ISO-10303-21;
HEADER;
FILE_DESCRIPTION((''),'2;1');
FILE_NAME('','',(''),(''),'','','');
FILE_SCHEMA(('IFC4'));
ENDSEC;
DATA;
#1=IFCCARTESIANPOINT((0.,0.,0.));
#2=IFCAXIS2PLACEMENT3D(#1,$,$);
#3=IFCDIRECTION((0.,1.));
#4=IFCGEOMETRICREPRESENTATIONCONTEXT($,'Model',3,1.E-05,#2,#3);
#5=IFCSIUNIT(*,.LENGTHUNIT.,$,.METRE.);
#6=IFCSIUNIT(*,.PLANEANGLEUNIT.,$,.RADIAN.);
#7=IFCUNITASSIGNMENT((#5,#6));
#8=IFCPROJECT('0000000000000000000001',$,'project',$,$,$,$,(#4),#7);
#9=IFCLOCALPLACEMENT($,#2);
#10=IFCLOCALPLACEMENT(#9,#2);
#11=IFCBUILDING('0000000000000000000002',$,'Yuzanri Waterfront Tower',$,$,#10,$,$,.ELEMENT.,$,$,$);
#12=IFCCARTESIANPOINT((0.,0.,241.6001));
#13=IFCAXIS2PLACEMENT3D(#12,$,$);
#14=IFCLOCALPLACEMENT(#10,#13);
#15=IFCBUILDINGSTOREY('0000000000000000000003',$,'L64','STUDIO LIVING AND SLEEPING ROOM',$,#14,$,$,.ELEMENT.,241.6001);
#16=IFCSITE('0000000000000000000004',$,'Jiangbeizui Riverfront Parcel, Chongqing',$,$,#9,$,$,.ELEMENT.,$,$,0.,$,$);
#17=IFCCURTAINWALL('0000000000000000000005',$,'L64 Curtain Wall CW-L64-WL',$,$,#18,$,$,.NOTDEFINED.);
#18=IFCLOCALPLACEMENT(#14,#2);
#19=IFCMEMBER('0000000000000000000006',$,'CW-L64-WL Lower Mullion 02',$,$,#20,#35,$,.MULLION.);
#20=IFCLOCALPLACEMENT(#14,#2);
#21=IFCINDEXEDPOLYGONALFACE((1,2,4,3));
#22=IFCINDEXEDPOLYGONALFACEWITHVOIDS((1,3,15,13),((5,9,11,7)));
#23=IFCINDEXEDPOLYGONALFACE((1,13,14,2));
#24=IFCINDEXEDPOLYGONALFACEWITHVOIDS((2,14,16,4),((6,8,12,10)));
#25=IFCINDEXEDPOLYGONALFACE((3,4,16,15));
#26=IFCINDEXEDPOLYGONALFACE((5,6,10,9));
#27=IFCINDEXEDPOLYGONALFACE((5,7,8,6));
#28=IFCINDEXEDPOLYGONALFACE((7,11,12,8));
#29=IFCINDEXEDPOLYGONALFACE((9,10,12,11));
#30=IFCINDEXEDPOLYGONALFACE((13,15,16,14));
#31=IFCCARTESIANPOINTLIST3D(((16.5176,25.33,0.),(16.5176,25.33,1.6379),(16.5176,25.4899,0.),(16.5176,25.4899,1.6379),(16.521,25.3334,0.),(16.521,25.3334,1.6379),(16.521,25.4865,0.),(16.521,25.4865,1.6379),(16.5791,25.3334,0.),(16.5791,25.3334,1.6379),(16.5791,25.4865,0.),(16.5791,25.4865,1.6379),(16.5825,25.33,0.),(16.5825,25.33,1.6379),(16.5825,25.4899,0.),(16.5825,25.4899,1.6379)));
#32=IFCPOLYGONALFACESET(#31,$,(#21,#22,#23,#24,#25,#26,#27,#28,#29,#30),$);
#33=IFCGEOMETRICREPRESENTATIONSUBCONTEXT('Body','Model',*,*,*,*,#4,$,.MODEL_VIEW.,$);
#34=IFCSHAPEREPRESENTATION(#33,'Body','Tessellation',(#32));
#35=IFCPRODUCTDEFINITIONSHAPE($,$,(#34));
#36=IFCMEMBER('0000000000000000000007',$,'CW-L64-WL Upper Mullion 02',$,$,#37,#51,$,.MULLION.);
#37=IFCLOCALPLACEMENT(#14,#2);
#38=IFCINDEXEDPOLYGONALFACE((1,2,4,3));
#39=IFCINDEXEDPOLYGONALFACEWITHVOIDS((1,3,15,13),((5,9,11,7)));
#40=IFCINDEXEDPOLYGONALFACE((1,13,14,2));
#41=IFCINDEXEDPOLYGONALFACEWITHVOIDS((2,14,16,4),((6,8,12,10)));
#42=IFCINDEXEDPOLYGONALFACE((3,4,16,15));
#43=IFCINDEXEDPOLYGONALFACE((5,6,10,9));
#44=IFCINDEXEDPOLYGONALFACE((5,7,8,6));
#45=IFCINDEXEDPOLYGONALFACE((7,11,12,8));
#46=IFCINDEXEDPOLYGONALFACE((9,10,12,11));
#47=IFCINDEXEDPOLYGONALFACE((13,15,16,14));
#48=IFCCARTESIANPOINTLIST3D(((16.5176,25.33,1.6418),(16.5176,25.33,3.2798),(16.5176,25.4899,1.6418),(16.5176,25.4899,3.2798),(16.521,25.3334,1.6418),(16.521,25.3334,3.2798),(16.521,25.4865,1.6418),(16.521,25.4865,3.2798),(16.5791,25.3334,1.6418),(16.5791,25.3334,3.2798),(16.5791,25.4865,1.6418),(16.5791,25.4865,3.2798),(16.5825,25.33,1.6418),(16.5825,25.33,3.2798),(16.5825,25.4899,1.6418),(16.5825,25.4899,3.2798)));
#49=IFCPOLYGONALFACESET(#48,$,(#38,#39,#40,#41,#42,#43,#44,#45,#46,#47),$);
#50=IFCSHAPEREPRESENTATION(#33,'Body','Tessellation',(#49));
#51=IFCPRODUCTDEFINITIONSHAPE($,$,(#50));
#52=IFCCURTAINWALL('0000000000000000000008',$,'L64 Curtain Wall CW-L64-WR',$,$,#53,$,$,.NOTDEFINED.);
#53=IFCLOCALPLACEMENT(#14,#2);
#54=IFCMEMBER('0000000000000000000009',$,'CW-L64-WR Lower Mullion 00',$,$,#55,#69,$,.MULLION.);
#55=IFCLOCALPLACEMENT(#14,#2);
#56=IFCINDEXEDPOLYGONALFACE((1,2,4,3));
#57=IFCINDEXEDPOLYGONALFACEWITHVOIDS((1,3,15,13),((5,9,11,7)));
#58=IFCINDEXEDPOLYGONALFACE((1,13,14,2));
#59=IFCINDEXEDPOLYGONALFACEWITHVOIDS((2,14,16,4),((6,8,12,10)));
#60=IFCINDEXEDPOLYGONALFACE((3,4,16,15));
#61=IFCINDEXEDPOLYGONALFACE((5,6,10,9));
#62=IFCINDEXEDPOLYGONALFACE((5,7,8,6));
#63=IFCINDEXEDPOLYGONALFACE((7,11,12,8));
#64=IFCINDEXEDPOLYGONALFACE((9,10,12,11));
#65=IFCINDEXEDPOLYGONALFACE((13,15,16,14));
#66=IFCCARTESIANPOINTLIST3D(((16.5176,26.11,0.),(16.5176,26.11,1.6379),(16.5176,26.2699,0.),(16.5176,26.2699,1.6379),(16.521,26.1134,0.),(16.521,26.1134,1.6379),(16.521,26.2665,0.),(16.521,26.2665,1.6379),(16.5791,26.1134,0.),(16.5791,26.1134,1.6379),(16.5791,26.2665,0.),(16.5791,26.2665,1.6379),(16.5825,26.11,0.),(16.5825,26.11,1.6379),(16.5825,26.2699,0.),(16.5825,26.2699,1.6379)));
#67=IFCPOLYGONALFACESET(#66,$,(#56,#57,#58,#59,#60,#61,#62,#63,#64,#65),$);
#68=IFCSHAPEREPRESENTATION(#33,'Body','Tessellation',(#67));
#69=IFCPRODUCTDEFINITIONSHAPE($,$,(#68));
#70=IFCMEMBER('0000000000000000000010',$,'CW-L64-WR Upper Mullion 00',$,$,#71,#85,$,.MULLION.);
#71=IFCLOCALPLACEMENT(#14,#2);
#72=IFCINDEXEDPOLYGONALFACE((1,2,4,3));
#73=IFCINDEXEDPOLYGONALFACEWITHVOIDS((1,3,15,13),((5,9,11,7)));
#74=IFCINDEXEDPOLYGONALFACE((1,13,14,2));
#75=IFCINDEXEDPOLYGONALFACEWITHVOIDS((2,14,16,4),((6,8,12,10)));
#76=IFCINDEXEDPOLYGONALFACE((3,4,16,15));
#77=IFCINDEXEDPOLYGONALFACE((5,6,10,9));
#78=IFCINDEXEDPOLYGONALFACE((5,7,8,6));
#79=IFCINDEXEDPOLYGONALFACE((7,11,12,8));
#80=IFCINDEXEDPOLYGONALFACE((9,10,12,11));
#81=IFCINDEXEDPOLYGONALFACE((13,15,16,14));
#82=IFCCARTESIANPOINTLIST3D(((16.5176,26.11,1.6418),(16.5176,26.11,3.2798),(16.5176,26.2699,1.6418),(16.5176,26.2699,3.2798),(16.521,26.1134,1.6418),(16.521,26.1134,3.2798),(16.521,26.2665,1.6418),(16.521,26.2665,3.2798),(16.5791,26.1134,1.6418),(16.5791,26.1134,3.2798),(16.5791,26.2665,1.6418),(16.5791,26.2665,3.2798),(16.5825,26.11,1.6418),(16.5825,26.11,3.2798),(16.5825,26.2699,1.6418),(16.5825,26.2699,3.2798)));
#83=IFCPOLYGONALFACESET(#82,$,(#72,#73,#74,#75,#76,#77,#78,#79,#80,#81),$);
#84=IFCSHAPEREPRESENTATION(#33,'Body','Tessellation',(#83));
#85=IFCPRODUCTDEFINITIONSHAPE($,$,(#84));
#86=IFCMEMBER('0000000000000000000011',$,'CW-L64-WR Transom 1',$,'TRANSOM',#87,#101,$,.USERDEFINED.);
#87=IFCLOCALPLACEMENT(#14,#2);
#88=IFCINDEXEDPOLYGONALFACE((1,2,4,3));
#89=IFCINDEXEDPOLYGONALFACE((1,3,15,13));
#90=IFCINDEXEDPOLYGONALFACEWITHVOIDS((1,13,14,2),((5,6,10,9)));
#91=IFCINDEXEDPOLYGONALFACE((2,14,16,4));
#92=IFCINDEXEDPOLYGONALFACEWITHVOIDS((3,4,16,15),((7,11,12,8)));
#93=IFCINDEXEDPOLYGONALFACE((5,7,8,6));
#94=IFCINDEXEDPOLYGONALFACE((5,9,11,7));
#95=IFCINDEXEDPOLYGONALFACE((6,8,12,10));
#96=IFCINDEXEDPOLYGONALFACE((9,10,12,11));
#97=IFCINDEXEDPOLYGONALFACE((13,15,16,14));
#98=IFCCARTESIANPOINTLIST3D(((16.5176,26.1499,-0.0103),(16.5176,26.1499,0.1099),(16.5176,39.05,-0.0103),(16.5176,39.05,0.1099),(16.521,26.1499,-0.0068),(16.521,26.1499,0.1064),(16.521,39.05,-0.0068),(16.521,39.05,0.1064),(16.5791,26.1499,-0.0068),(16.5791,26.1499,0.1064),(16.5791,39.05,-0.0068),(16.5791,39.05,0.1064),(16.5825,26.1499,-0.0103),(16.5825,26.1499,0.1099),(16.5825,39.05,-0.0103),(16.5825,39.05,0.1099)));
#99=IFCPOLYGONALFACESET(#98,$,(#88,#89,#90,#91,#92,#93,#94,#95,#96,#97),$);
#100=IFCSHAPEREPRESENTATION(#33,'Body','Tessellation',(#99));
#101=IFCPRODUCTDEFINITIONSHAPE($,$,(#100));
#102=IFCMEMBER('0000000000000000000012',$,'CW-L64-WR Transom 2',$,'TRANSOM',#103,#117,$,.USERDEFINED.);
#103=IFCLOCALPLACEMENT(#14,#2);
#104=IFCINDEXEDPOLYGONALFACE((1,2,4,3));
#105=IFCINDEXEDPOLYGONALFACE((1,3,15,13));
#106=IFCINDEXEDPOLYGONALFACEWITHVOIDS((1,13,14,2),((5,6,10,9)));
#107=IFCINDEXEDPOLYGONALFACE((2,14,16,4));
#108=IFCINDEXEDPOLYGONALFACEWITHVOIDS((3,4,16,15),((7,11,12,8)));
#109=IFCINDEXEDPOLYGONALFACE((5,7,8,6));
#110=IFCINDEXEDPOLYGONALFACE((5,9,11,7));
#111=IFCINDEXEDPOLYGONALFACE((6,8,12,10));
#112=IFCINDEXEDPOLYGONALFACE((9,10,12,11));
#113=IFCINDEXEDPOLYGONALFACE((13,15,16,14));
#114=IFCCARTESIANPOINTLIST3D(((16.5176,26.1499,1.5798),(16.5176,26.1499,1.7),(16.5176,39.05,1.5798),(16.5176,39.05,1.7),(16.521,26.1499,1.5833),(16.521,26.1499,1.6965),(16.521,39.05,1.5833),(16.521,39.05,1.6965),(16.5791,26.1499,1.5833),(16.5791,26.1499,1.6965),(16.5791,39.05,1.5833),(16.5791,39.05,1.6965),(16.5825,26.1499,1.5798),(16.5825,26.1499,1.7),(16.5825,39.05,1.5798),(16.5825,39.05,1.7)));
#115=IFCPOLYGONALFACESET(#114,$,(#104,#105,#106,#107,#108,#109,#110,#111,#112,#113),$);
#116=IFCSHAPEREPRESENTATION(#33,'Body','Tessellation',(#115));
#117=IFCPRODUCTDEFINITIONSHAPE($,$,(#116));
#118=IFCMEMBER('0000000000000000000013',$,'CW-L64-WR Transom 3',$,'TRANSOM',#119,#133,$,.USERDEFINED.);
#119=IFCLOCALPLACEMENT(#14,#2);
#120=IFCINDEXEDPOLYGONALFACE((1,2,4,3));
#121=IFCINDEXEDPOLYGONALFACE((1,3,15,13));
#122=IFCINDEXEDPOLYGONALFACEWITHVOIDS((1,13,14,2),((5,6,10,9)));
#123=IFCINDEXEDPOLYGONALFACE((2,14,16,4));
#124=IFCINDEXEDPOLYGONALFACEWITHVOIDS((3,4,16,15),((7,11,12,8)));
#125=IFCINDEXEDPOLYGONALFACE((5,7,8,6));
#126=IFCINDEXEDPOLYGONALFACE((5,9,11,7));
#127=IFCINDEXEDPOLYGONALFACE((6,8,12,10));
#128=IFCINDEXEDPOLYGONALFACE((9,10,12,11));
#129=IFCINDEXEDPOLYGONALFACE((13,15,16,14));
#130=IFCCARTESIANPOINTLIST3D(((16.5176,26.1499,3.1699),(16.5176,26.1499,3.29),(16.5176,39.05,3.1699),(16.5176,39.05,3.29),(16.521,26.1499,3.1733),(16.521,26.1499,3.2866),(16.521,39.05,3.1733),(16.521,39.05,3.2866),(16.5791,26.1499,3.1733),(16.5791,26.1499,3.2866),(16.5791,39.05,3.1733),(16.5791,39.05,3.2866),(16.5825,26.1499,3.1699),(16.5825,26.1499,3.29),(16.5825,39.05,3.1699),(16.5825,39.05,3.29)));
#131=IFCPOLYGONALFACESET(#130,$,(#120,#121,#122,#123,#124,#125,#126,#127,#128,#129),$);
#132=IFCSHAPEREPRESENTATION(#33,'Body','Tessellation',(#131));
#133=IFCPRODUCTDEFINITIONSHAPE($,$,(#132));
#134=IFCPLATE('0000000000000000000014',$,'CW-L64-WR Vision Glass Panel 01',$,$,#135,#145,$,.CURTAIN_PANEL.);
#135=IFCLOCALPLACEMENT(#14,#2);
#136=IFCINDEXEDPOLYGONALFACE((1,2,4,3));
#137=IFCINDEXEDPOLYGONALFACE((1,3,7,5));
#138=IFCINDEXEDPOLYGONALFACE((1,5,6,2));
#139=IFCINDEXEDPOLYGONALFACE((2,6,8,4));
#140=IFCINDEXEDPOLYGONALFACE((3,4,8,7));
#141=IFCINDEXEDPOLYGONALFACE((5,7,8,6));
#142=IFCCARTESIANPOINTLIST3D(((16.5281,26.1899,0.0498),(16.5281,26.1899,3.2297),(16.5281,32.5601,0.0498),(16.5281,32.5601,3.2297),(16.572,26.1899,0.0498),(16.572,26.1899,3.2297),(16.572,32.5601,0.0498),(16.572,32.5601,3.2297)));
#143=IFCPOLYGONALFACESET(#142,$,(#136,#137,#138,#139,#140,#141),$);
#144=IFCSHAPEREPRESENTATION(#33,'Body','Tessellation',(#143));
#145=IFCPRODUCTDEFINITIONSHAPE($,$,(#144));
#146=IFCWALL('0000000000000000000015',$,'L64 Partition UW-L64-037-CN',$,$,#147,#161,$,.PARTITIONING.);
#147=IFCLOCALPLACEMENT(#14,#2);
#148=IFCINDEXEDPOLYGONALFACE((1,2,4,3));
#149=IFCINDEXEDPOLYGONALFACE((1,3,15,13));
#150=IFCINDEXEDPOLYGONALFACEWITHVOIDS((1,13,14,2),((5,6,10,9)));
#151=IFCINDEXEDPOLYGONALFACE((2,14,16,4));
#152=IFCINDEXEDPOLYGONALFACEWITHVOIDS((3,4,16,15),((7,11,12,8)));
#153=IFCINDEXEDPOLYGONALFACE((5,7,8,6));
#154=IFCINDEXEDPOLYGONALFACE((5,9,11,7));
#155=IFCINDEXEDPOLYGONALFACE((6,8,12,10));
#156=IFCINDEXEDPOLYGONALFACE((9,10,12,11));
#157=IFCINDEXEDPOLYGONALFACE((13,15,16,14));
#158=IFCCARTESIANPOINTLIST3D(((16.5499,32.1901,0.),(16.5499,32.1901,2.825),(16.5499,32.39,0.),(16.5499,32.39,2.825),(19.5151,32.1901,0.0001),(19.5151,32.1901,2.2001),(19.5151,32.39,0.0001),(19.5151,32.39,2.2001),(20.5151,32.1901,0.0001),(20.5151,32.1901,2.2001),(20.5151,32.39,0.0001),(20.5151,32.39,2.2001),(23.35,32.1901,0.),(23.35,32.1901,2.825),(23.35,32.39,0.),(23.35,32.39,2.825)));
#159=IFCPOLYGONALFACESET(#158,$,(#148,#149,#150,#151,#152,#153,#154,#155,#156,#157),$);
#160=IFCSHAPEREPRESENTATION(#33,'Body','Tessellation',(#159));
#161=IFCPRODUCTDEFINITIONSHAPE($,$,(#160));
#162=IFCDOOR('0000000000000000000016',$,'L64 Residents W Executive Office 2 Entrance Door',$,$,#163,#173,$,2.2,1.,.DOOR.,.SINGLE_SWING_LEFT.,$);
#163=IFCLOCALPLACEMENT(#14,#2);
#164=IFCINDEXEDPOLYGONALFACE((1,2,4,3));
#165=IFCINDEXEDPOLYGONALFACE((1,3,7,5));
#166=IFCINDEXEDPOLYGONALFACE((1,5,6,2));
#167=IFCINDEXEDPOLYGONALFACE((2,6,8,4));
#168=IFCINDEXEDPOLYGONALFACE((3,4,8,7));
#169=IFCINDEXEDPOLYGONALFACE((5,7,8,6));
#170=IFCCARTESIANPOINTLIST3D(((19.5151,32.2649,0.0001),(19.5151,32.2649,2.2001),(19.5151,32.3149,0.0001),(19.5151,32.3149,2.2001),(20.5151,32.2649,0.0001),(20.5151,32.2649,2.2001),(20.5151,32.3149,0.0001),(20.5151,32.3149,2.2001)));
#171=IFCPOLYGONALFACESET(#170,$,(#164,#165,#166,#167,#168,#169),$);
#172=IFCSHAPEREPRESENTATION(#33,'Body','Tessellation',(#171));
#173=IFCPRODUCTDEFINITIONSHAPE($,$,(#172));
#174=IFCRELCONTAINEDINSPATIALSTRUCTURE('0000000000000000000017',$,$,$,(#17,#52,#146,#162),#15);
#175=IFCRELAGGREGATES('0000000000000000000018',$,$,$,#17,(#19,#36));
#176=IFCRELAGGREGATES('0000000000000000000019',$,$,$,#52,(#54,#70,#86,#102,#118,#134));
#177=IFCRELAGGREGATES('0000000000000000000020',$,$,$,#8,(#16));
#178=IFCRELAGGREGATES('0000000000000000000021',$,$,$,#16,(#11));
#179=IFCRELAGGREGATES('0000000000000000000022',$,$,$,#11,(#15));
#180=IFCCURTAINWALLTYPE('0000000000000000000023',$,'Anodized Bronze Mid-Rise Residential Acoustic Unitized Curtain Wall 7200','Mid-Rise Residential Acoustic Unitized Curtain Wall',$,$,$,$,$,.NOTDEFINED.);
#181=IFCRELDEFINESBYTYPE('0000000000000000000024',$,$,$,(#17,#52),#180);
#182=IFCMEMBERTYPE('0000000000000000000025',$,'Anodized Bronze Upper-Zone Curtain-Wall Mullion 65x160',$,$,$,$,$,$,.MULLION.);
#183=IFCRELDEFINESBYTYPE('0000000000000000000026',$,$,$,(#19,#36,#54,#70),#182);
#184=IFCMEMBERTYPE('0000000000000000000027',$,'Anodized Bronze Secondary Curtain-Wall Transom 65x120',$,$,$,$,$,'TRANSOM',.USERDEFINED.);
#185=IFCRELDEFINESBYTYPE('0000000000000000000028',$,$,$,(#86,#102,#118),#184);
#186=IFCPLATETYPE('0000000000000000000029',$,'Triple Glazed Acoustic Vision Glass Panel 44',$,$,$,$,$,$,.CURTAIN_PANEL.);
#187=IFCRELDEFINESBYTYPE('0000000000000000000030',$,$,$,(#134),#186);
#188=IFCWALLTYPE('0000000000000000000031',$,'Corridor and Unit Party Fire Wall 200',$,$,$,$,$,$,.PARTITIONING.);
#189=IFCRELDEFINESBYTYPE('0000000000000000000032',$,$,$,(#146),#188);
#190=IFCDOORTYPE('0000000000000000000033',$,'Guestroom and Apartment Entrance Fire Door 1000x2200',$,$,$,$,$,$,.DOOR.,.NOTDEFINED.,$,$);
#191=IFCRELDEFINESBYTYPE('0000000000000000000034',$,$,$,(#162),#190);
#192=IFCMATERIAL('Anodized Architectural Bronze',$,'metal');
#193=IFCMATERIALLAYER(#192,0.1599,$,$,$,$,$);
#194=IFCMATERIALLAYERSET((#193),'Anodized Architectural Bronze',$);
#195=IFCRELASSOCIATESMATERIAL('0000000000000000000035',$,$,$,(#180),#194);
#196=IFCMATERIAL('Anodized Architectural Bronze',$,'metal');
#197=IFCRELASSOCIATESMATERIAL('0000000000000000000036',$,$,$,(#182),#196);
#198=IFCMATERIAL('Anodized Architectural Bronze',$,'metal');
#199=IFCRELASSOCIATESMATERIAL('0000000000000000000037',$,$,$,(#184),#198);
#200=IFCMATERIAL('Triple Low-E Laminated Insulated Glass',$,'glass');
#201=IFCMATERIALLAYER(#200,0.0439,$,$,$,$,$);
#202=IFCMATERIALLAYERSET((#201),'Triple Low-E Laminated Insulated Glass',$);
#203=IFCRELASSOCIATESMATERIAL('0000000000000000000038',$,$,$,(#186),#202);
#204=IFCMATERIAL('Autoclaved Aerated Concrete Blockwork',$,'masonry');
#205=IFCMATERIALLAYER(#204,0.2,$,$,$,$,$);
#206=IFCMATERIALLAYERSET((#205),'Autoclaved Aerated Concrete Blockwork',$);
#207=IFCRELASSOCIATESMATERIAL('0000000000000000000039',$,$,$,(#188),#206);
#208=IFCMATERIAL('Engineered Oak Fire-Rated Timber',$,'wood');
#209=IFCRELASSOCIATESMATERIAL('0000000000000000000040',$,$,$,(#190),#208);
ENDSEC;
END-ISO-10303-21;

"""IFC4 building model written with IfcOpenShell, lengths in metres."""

from ifc_helpers import new_model, si_unit, direction, frame, frame_2d, origin, origin_2d, place, context, subcontext, project, spatial, rectangle, hollow_rectangle, extrude, source, transform, mapped, material, layer, layer_set, material_profile, profile_set, type_object, element, fill, aggregate, save


model = new_model("IFC4")

# Units and contexts
model_context = context("Model", 3, precision=1e-05, world=origin(), true_north=direction((0.0, 1.0)))
body_context = subcontext(model_context, "Body", "Model", "MODEL_VIEW")
ifc_project = project(units=[si_unit("LENGTHUNIT", "METRE"), si_unit("PLANEANGLEUNIT", "RADIAN")], contexts=[model_context])

# Site, building, storey
site_placement = place(None, origin())
site = spatial("IfcSite", under=ifc_project, at=site_placement, Name="Jiangbeizui Riverfront Parcel, Chongqing", CompositionType="ELEMENT", RefElevation=0.0)
building_placement = place(site_placement, origin())
building = spatial("IfcBuilding", under=site, at=building_placement, Name="Yuzanri Waterfront Tower", CompositionType="ELEMENT")
storey_placement = place(building_placement, frame((0.0, 0.0, 241.6001)))
storey = spatial("IfcBuildingStorey", under=building, at=storey_placement, Name="L64", Description="STUDIO LIVING AND SLEEPING ROOM", CompositionType="ELEMENT", Elevation=241.6001)

# Curtain wall, members
ifc_material_1 = material(Name="Anodized Architectural Bronze", Category="metal")
ifc_layer_1 = layer(ifc_material_1, 0.1599)
ifc_layer_set_1 = layer_set([ifc_layer_1], Name="Anodized Architectural Bronze")
curtain_wall_type = type_object("IfcCurtainWallType", Name="Anodized Bronze Mid-Rise Residential Acoustic Unitized Curtain Wall 7200", Description="Mid-Rise Residential Acoustic Unitized Curtain Wall", PredefinedType="NOTDEFINED", material=ifc_layer_set_1)
curtain_wall_1_placement = place(storey_placement, origin())
curtain_wall_1 = element("IfcCurtainWall", 1, at=curtain_wall_1_placement, inside=storey, type_object=curtain_wall_type, Name="L64 Curtain Wall CW-L64-WL", PredefinedType="NOTDEFINED")
ifc_material_2 = material(Name="Anodized Architectural Bronze", Category="metal")
ifc_material_profile_1 = material_profile(ifc_material_2, hollow_rectangle(XDim=0.0649, YDim=0.1599, WallThickness=0.0034, at=origin_2d()), Name="CWM 65x160")
ifc_profile_set_1 = profile_set([ifc_material_profile_1], Name="Anodized Architectural Bronze")
member_type_1 = type_object("IfcMemberType", Name="Anodized Bronze Upper-Zone Curtain-Wall Mullion 65x160", PredefinedType="MULLION", material=ifc_profile_set_1)
shared_shape_1 = source(origin(), body_context, "Body", "SweptSolid", [
    extrude(hollow_rectangle(XDim=0.0649, YDim=0.1599, WallThickness=0.0034, at=origin_2d()), origin(), (0.0, 0.0, 1.0), 1.6379),
])
member_1_placement = place(storey_placement, frame((16.55, 25.4099, 0.0), z_axis=(0.0, 0.0, 1.0), x_axis=(1.0, 0.0, 0.0)))
member_1 = element("IfcMember", 2, at=member_1_placement, type_object=member_type_1, Name="CW-L64-WL Lower Mullion 02", PredefinedType="MULLION", context=body_context, shape_type="MappedRepresentation", body=[
    mapped(shared_shape_1, transform((0.0, 0.0, 0.0), scale=1.0)),
])
member_2_placement = place(storey_placement, frame((16.55, 25.4099, 1.6418), z_axis=(0.0, 0.0, 1.0), x_axis=(1.0, 0.0, 0.0)))
member_2 = element("IfcMember", 3, at=member_2_placement, type_object=member_type_1, Name="CW-L64-WL Upper Mullion 02", PredefinedType="MULLION", context=body_context, shape_type="MappedRepresentation", body=[
    mapped(shared_shape_1, transform((0.0, 0.0, 0.0), scale=1.0)),
])
aggregate(curtain_wall_1, [member_1, member_2])

# Curtain wall, members, plate
curtain_wall_2_placement = place(storey_placement, origin())
curtain_wall_2 = element("IfcCurtainWall", 4, at=curtain_wall_2_placement, inside=storey, type_object=curtain_wall_type, Name="L64 Curtain Wall CW-L64-WR", PredefinedType="NOTDEFINED")
member_3_placement = place(storey_placement, frame((16.55, 26.1899, 0.0), z_axis=(0.0, 0.0, 1.0), x_axis=(1.0, 0.0, 0.0)))
member_3 = element("IfcMember", 5, at=member_3_placement, type_object=member_type_1, Name="CW-L64-WR Lower Mullion 00", PredefinedType="MULLION", context=body_context, shape_type="MappedRepresentation", body=[
    mapped(shared_shape_1, transform((0.0, 0.0, 0.0), scale=1.0)),
])
member_4_placement = place(storey_placement, frame((16.55, 26.1899, 1.6418), z_axis=(0.0, 0.0, 1.0), x_axis=(1.0, 0.0, 0.0)))
member_4 = element("IfcMember", 6, at=member_4_placement, type_object=member_type_1, Name="CW-L64-WR Upper Mullion 00", PredefinedType="MULLION", context=body_context, shape_type="MappedRepresentation", body=[
    mapped(shared_shape_1, transform((0.0, 0.0, 0.0), scale=1.0)),
])
ifc_material_3 = material(Name="Anodized Architectural Bronze", Category="metal")
ifc_material_profile_2 = material_profile(ifc_material_3, hollow_rectangle(XDim=0.0649, YDim=0.1201, WallThickness=0.0034, at=origin_2d()), Name="CWT 65x120")
ifc_profile_set_2 = profile_set([ifc_material_profile_2], Name="Anodized Architectural Bronze")
member_type_2 = type_object("IfcMemberType", Name="Anodized Bronze Secondary Curtain-Wall Transom 65x120", ElementType="TRANSOM", PredefinedType="USERDEFINED", material=ifc_profile_set_2)
shared_shape_2 = source(origin(), body_context, "Body", "SweptSolid", [
    extrude(hollow_rectangle(XDim=0.0649, YDim=0.1201, WallThickness=0.0034, at=origin_2d()), origin(), (0.0, 0.0, 1.0), 12.9001),
])
member_5_placement = place(storey_placement, frame((16.55, 26.1499, 0.0498), z_axis=(0.0, 1.0, 0.0), x_axis=(-1.0, 0.0, 0.0)))
member_5 = element("IfcMember", 7, at=member_5_placement, type_object=member_type_2, Name="CW-L64-WR Transom 1", ObjectType="TRANSOM", PredefinedType="USERDEFINED", context=body_context, shape_type="MappedRepresentation", body=[
    mapped(shared_shape_2, transform((0.0, 0.0, 0.0), scale=1.0)),
])
member_6_placement = place(storey_placement, frame((16.55, 26.1499, 1.6399), z_axis=(0.0, 1.0, 0.0), x_axis=(-1.0, 0.0, 0.0)))
member_6 = element("IfcMember", 8, at=member_6_placement, type_object=member_type_2, Name="CW-L64-WR Transom 2", ObjectType="TRANSOM", PredefinedType="USERDEFINED", context=body_context, shape_type="MappedRepresentation", body=[
    mapped(shared_shape_2, transform((0.0, 0.0, 0.0), scale=1.0)),
])
member_7_placement = place(storey_placement, frame((16.55, 26.1499, 3.23), z_axis=(0.0, 1.0, 0.0), x_axis=(-1.0, 0.0, 0.0)))
member_7 = element("IfcMember", 9, at=member_7_placement, type_object=member_type_2, Name="CW-L64-WR Transom 3", ObjectType="TRANSOM", PredefinedType="USERDEFINED", context=body_context, shape_type="MappedRepresentation", body=[
    mapped(shared_shape_2, transform((0.0, 0.0, 0.0), scale=1.0)),
])
ifc_material_4 = material(Name="Triple Low-E Laminated Insulated Glass", Category="glass")
ifc_layer_2 = layer(ifc_material_4, 0.0439)
ifc_layer_set_2 = layer_set([ifc_layer_2], Name="Triple Low-E Laminated Insulated Glass")
plate_type = type_object("IfcPlateType", Name="Triple Glazed Acoustic Vision Glass Panel 44", PredefinedType="CURTAIN_PANEL", material=ifc_layer_set_2)
shared_shape_3 = source(origin(), body_context, "Body", "SweptSolid", [
    extrude(rectangle(XDim=6.3701, YDim=0.0439, at=origin_2d()), origin(), (0.0, 0.0, 1.0), 3.1799),
])
plate_placement = place(storey_placement, frame((16.55, 29.375, 0.0498), z_axis=(0.0, 0.0, 1.0), x_axis=(0.0, 1.0, 0.0)))
plate = element("IfcPlate", 10, at=plate_placement, type_object=plate_type, Name="CW-L64-WR Vision Glass Panel 01", PredefinedType="CURTAIN_PANEL", context=body_context, shape_type="MappedRepresentation", body=[
    mapped(shared_shape_3, transform((0.0, 0.0, 0.0), scale=1.0)),
])
aggregate(curtain_wall_2, [member_3, member_4, member_5, member_6, member_7, plate])

# Wall, opening, door
ifc_material_5 = material(Name="Autoclaved Aerated Concrete Blockwork", Category="masonry")
ifc_layer_3 = layer(ifc_material_5, 0.2)
ifc_layer_set_3 = layer_set([ifc_layer_3], Name="Autoclaved Aerated Concrete Blockwork")
wall_type_1 = type_object("IfcWallType", Name="Corridor and Unit Party Fire Wall 200", PredefinedType="PARTITIONING", material=ifc_layer_set_3)
wall_1_placement = place(storey_placement, frame((16.55, 32.29, 0.0), z_axis=(0.0, 0.0, 1.0), x_axis=(1.0, 0.0, 0.0)))
wall_1 = element("IfcWall", 11, at=wall_1_placement, inside=storey, type_object=wall_type_1, Name="L64 Partition UW-L64-037-CN", PredefinedType="PARTITIONING", context=body_context, shape_type="SweptSolid", body=[
    extrude(rectangle(XDim=6.8, YDim=0.2, at=frame_2d((3.3999, 0.0))), origin(), (0.0, 0.0, 1.0), 2.825),
])
opening_1_placement = place(wall_1_placement, frame((2.9651, 0.0, 0.0)))
opening_1 = element("IfcOpeningElement", 12, at=opening_1_placement, cuts=wall_1, PredefinedType="OPENING", context=body_context, shape_type="SweptSolid", body=[
    extrude(rectangle(XDim=1.0, YDim=2.2, at=frame_2d((0.5, 1.1001))), frame((0.0, 0.1147, 0.0), z_axis=(0.0, -1.0, 0.0), x_axis=(1.0, 0.0, 0.0)), (0.0, 0.0, 1.0), 0.2297),
])
ifc_material_6 = material(Name="Engineered Oak Fire-Rated Timber", Category="wood")
door_type_1 = type_object("IfcDoorType", Name="Guestroom and Apartment Entrance Fire Door 1000x2200", OperationType="NOTDEFINED", PredefinedType="DOOR", material=ifc_material_6)
shared_shape_4 = source(origin(), body_context, "Body", "SweptSolid", [
    extrude(rectangle(XDim=1.0, YDim=2.2, at=frame_2d((0.5, 1.1001))), frame((0.0, 0.0249, 0.0), z_axis=(0.0, -1.0, 0.0), x_axis=(1.0, 0.0, 0.0)), (0.0, 0.0, 1.0), 0.05),
])
door_1_placement = place(opening_1_placement, origin())
door_1 = element("IfcDoor", 13, at=door_1_placement, inside=storey, type_object=door_type_1, Name="L64 Residents W Executive Office 2 Entrance Door", OperationType="SINGLE_SWING_LEFT", OverallHeight=2.2, OverallWidth=1.0, PredefinedType="DOOR", context=body_context, shape_type="MappedRepresentation", body=[
    mapped(shared_shape_4, transform((0.0, 0.0, 0.0), scale=1.0)),
])
fill(opening_1, door_1)

save(model, "model.ifc")
